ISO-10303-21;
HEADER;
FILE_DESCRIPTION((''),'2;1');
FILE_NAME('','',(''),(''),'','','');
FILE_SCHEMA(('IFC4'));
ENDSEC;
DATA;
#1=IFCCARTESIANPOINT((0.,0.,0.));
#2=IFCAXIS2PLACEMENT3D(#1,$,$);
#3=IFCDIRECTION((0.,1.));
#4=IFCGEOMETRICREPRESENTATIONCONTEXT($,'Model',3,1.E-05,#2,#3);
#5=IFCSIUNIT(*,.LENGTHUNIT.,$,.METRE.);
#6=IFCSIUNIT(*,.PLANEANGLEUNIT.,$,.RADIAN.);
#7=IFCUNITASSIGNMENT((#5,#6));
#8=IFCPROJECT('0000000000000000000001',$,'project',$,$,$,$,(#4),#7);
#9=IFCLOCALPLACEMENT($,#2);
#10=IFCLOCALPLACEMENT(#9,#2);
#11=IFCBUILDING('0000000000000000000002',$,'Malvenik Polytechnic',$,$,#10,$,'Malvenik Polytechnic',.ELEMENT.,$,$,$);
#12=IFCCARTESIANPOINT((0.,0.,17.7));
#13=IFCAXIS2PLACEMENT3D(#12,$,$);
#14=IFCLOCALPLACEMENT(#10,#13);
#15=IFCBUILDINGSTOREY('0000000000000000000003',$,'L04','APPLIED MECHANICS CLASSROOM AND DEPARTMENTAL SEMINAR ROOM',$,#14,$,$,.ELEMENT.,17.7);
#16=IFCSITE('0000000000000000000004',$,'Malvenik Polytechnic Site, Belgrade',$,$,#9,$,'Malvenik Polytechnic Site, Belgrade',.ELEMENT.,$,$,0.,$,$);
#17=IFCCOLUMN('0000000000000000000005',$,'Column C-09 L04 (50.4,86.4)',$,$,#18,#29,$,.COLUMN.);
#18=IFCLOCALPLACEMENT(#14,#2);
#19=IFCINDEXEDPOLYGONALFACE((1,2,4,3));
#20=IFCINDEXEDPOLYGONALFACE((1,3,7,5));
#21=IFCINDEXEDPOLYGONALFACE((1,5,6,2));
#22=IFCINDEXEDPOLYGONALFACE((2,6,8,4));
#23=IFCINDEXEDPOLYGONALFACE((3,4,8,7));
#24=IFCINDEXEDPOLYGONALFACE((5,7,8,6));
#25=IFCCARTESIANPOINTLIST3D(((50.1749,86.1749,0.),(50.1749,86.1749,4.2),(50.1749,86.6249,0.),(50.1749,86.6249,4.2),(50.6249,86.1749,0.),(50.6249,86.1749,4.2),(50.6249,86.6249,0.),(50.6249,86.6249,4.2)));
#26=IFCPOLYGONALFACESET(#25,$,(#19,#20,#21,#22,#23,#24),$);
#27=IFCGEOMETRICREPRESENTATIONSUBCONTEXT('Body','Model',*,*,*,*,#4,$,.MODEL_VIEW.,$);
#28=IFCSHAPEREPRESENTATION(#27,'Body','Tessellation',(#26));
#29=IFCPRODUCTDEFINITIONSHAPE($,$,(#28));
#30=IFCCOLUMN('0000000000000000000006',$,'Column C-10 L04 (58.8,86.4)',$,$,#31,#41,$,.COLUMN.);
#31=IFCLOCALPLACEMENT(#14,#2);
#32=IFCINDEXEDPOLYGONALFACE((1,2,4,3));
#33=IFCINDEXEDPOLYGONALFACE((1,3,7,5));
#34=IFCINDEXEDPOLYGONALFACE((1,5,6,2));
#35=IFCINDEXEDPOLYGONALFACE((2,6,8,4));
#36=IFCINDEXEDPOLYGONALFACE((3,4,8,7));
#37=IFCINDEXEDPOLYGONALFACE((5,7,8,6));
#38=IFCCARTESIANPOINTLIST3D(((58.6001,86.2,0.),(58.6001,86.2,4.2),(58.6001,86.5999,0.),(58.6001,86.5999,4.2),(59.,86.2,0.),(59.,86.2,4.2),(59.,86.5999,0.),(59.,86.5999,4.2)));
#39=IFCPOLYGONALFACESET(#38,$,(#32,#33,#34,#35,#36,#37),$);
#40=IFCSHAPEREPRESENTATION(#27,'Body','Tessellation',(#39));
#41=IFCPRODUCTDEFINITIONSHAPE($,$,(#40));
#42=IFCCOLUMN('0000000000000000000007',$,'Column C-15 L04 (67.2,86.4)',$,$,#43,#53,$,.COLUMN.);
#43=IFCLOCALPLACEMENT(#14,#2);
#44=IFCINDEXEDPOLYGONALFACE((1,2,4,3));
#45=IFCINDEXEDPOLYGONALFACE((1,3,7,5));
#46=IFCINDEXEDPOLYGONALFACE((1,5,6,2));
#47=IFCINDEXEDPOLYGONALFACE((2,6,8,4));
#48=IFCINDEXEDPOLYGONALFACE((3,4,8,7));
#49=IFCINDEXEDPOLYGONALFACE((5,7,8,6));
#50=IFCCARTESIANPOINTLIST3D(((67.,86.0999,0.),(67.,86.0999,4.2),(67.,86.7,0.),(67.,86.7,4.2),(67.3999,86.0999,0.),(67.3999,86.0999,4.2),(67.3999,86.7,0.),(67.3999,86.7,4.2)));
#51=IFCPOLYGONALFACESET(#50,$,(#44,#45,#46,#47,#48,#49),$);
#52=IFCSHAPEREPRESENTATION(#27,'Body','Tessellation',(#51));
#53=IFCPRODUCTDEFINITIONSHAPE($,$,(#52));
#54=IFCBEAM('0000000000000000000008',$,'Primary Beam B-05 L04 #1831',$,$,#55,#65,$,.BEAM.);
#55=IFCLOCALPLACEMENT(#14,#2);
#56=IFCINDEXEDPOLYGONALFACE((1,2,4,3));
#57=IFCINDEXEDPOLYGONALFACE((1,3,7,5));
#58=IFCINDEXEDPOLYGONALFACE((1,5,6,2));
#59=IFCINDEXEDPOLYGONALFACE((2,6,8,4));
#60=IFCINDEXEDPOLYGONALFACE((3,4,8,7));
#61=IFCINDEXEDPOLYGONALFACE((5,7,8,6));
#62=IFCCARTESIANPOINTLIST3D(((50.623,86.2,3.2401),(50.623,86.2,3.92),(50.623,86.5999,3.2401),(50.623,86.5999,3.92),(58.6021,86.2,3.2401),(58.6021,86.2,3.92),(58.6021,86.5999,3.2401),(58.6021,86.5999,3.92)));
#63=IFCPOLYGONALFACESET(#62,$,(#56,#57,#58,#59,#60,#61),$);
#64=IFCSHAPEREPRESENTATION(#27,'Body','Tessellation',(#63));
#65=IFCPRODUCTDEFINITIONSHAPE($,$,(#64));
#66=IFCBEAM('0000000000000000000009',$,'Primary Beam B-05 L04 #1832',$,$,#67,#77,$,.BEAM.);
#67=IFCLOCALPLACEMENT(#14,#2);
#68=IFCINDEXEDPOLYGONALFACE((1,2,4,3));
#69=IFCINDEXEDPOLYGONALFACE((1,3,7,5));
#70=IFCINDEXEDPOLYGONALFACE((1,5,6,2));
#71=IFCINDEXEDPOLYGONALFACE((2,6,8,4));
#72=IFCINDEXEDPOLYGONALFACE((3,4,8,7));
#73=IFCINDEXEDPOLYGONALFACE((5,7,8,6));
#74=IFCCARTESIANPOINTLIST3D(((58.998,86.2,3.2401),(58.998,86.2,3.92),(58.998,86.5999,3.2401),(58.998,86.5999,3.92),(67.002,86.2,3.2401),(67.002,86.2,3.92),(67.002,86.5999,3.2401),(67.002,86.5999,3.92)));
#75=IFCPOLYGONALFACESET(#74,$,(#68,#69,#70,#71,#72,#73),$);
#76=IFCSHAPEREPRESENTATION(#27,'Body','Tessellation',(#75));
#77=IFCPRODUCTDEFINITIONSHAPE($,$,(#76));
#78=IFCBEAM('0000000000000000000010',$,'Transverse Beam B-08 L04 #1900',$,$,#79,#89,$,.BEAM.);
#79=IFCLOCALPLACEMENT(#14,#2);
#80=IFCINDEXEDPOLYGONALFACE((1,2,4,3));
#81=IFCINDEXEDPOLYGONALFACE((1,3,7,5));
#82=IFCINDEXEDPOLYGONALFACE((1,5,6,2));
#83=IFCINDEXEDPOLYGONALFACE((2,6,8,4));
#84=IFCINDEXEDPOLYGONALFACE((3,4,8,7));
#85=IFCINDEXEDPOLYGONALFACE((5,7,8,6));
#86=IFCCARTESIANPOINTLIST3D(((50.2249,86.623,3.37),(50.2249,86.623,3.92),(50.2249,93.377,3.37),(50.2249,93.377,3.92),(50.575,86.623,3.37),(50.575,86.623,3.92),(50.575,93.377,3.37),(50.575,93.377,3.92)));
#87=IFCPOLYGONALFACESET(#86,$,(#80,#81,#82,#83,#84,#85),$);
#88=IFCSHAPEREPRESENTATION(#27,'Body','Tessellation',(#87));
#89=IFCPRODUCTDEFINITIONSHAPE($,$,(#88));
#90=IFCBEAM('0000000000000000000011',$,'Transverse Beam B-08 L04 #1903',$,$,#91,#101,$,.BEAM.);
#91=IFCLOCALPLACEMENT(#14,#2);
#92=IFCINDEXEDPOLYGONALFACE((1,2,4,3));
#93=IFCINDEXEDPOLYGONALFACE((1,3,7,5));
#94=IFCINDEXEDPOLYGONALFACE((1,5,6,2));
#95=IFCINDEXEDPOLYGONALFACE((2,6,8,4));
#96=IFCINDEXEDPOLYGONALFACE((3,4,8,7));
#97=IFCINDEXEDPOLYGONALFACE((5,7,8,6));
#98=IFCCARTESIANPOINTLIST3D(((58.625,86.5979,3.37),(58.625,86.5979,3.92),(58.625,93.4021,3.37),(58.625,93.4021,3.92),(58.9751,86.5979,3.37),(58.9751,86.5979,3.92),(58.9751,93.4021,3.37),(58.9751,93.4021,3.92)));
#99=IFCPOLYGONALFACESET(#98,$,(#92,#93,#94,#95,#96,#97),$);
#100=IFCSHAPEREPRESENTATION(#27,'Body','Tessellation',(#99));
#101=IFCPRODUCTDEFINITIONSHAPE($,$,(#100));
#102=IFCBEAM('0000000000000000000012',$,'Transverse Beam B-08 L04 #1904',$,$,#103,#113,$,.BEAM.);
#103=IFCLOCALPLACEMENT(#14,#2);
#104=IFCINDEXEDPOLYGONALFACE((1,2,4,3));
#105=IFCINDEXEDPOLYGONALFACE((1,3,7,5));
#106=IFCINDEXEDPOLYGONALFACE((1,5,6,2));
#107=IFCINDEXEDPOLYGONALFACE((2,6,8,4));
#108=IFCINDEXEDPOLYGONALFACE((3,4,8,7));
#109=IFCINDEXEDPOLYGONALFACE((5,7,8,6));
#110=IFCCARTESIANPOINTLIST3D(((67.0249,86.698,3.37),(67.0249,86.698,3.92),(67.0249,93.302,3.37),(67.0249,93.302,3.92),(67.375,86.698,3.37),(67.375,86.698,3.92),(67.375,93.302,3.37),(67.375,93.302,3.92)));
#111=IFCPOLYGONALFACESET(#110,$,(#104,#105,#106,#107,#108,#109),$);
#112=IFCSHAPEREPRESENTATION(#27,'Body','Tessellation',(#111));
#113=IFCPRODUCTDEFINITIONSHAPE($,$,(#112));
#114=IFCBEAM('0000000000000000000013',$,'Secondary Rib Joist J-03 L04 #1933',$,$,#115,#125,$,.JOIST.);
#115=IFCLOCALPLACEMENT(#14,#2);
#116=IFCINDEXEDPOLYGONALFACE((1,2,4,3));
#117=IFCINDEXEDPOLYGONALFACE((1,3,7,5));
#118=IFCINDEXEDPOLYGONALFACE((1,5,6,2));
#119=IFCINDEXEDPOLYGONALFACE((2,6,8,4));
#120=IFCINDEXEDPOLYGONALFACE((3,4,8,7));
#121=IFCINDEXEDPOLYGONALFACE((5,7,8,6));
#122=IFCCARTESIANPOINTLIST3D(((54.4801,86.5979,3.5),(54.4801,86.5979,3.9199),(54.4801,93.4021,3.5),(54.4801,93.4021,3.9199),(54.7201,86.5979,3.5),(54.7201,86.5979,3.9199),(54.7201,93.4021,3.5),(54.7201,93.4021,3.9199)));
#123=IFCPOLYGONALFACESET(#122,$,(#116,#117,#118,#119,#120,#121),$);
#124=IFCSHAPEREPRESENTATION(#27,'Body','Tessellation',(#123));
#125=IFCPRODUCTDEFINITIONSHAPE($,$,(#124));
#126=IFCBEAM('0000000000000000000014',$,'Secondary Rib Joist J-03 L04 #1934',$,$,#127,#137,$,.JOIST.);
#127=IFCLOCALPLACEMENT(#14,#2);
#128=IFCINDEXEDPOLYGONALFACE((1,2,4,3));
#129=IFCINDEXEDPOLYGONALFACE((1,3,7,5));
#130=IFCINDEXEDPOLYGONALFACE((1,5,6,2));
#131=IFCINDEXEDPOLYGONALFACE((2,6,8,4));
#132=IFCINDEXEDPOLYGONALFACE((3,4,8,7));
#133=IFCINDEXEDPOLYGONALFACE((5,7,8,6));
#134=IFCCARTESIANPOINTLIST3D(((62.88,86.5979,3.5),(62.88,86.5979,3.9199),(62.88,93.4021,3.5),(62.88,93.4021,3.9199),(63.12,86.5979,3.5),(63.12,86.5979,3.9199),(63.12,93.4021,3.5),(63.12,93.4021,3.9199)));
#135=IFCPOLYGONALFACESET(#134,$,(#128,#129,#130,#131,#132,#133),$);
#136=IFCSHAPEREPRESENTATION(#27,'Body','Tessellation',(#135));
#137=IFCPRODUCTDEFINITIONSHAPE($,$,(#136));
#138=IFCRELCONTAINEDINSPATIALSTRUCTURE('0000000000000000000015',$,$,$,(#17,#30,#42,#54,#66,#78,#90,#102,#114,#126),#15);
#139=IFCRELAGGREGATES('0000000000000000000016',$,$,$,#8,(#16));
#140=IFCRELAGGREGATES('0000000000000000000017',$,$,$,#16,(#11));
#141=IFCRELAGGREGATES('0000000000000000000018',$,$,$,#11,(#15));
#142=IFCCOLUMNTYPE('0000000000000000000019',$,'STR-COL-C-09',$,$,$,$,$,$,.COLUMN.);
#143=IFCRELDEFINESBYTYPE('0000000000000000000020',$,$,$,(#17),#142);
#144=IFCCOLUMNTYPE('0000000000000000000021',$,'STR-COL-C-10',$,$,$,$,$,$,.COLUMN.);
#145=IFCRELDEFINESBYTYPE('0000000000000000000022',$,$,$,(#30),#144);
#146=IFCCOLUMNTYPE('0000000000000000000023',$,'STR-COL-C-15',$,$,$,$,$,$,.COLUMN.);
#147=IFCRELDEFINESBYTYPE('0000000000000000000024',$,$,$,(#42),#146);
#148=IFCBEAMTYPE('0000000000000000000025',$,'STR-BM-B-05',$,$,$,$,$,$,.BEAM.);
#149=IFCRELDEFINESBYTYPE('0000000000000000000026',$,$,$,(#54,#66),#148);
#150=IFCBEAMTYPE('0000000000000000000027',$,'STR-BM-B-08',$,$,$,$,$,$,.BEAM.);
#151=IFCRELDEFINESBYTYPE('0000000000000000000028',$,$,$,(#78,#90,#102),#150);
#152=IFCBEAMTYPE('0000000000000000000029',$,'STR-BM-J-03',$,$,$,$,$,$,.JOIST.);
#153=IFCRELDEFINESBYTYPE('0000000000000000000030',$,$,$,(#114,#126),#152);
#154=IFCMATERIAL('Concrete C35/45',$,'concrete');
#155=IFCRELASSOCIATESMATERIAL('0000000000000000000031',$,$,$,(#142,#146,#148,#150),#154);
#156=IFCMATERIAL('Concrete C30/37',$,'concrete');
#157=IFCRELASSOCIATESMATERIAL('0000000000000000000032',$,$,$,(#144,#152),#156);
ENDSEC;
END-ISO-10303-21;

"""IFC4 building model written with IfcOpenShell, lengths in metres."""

from ifc_helpers import new_model, si_unit, direction, frame, origin, origin_2d, place, context, subcontext, project, spatial, rectangle, extrude, material, material_profile, profile_set, type_object, element, save


model = new_model("IFC4")

# Units and contexts
model_context = context("Model", 3, precision=1e-05, world=origin(), true_north=direction((0.0, 1.0)))
body_context = subcontext(model_context, "Body", "Model", "MODEL_VIEW")
ifc_project = project(units=[si_unit("LENGTHUNIT", "METRE"), si_unit("PLANEANGLEUNIT", "RADIAN")], contexts=[model_context])

# Site, building, storey
site_placement = place(None, origin())
site = spatial("IfcSite", under=ifc_project, at=site_placement, Name="Malvenik Polytechnic Site, Belgrade", LongName="Malvenik Polytechnic Site, Belgrade", CompositionType="ELEMENT", RefElevation=0.0)
building_placement = place(site_placement, origin())
building = spatial("IfcBuilding", under=site, at=building_placement, Name="Malvenik Polytechnic", LongName="Malvenik Polytechnic", CompositionType="ELEMENT")
storey_placement = place(building_placement, frame((0.0, 0.0, 17.7)))
storey = spatial("IfcBuildingStorey", under=building, at=storey_placement, Name="L04", Description="APPLIED MECHANICS CLASSROOM AND DEPARTMENTAL SEMINAR ROOM", CompositionType="ELEMENT", Elevation=17.7)

# Columns
ifc_material_1 = material(Name="Concrete C35/45", Category="concrete")
ifc_material_profile_1 = material_profile(ifc_material_1, rectangle(XDim=0.45, YDim=0.45, at=origin_2d()), Name="RC COL 450x450")
ifc_profile_set_1 = profile_set([ifc_material_profile_1], Name="Concrete C35/45")
column_type_1 = type_object("IfcColumnType", Name="STR-COL-C-09", PredefinedType="COLUMN", material=ifc_profile_set_1)
column_1_placement = place(storey_placement, frame((50.3999, 86.3999, 0.0), z_axis=(0.0, 0.0, 1.0), x_axis=(1.0, 0.0, 0.0)))
element("IfcColumn", 1, at=column_1_placement, inside=storey, type_object=column_type_1, Name="Column C-09 L04 (50.4,86.4)", PredefinedType="COLUMN", context=body_context, shape_type="SweptSolid", body=[
    extrude(rectangle(XDim=0.45, YDim=0.45, at=origin_2d()), origin(), (0.0, 0.0, 1.0), 4.2),
])
ifc_material_2 = material(Name="Concrete C30/37", Category="concrete")
ifc_material_profile_2 = material_profile(ifc_material_2, rectangle(XDim=0.3999, YDim=0.3999, at=origin_2d()), Name="RC COL 400x400")
ifc_profile_set_2 = profile_set([ifc_material_profile_2], Name="Concrete C30/37")
column_type_2 = type_object("IfcColumnType", Name="STR-COL-C-10", PredefinedType="COLUMN", material=ifc_profile_set_2)
column_2_placement = place(storey_placement, frame((58.8, 86.3999, 0.0), z_axis=(0.0, 0.0, 1.0), x_axis=(1.0, 0.0, 0.0)))
element("IfcColumn", 2, at=column_2_placement, inside=storey, type_object=column_type_2, Name="Column C-10 L04 (58.8,86.4)", PredefinedType="COLUMN", context=body_context, shape_type="SweptSolid", body=[
    extrude(rectangle(XDim=0.3999, YDim=0.3999, at=origin_2d()), origin(), (0.0, 0.0, 1.0), 4.2),
])
ifc_material_profile_3 = material_profile(ifc_material_1, rectangle(XDim=0.3999, YDim=0.6001, at=origin_2d()), Name="RC COL 600x400")
ifc_profile_set_3 = profile_set([ifc_material_profile_3], Name="Concrete C35/45")
column_type_3 = type_object("IfcColumnType", Name="STR-COL-C-15", PredefinedType="COLUMN", material=ifc_profile_set_3)
column_3_placement = place(storey_placement, frame((67.2, 86.3999, 0.0), z_axis=(0.0, 0.0, 1.0), x_axis=(1.0, 0.0, 0.0)))
element("IfcColumn", 3, at=column_3_placement, inside=storey, type_object=column_type_3, Name="Column C-15 L04 (67.2,86.4)", PredefinedType="COLUMN", context=body_context, shape_type="SweptSolid", body=[
    extrude(rectangle(XDim=0.3999, YDim=0.6001, at=origin_2d()), origin(), (0.0, 0.0, 1.0), 4.2),
])

# Beams
ifc_material_profile_4 = material_profile(ifc_material_1, rectangle(XDim=0.3999, YDim=0.6799, at=origin_2d()), Name="RC BM 400x680")
ifc_profile_set_4 = profile_set([ifc_material_profile_4], Name="Concrete C35/45")
beam_type_1 = type_object("IfcBeamType", Name="STR-BM-B-05", PredefinedType="BEAM", material=ifc_profile_set_4)
beam_1_placement = place(storey_placement, frame((50.623, 86.3999, 3.5801), z_axis=(1.0, 0.0, 0.0), x_axis=(0.0, 1.0, 0.0)))
element("IfcBeam", 4, at=beam_1_placement, inside=storey, type_object=beam_type_1, Name="Primary Beam B-05 L04 #1831", PredefinedType="BEAM", context=body_context, shape_type="SweptSolid", body=[
    extrude(rectangle(XDim=0.3999, YDim=0.6799, at=origin_2d()), origin(), (0.0, 0.0, 1.0), 7.979),
])
beam_2_placement = place(storey_placement, frame((58.998, 86.3999, 3.5801), z_axis=(1.0, 0.0, 0.0), x_axis=(0.0, 1.0, 0.0)))
element("IfcBeam", 5, at=beam_2_placement, inside=storey, type_object=beam_type_1, Name="Primary Beam B-05 L04 #1832", PredefinedType="BEAM", context=body_context, shape_type="SweptSolid", body=[
    extrude(rectangle(XDim=0.3999, YDim=0.6799, at=origin_2d()), origin(), (0.0, 0.0, 1.0), 8.0039),
])
ifc_material_profile_5 = material_profile(ifc_material_1, rectangle(XDim=0.3501, YDim=0.55, at=origin_2d()), Name="RC BM 350x550")
ifc_profile_set_5 = profile_set([ifc_material_profile_5], Name="Concrete C35/45")
beam_type_2 = type_object("IfcBeamType", Name="STR-BM-B-08", PredefinedType="BEAM", material=ifc_profile_set_5)
beam_3_placement = place(storey_placement, frame((50.3999, 86.623, 3.645), z_axis=(0.0, 1.0, 0.0), x_axis=(-1.0, 0.0, 0.0)))
element("IfcBeam", 6, at=beam_3_placement, inside=storey, type_object=beam_type_2, Name="Transverse Beam B-08 L04 #1900", PredefinedType="BEAM", context=body_context, shape_type="SweptSolid", body=[
    extrude(rectangle(XDim=0.3501, YDim=0.55, at=origin_2d()), origin(), (0.0, 0.0, 1.0), 6.7539),
])
beam_4_placement = place(storey_placement, frame((58.8, 86.5979, 3.645), z_axis=(0.0, 1.0, 0.0), x_axis=(-1.0, 0.0, 0.0)))
element("IfcBeam", 7, at=beam_4_placement, inside=storey, type_object=beam_type_2, Name="Transverse Beam B-08 L04 #1903", PredefinedType="BEAM", context=body_context, shape_type="SweptSolid", body=[
    extrude(rectangle(XDim=0.3501, YDim=0.55, at=origin_2d()), origin(), (0.0, 0.0, 1.0), 6.8042),
])
beam_5_placement = place(storey_placement, frame((67.2, 86.698, 3.645), z_axis=(0.0, 1.0, 0.0), x_axis=(-1.0, 0.0, 0.0)))
element("IfcBeam", 8, at=beam_5_placement, inside=storey, type_object=beam_type_2, Name="Transverse Beam B-08 L04 #1904", PredefinedType="BEAM", context=body_context, shape_type="SweptSolid", body=[
    extrude(rectangle(XDim=0.3501, YDim=0.55, at=origin_2d()), origin(), (0.0, 0.0, 1.0), 6.604),
])
ifc_material_profile_6 = material_profile(ifc_material_2, rectangle(XDim=0.24, YDim=0.4199, at=origin_2d()), Name="RC JST 240x420")
ifc_profile_set_6 = profile_set([ifc_material_profile_6], Name="Concrete C30/37")
beam_type_3 = type_object("IfcBeamType", Name="STR-BM-J-03", PredefinedType="JOIST", material=ifc_profile_set_6)
for number, where, z_axis, x_axis, name in (
    (9, (54.6001, 86.5979, 3.71), (0.0, 1.0, 0.0), (-1.0, 0.0, 0.0), "Secondary Rib Joist J-03 L04 #1933"),
    (10, (63.0, 86.5979, 3.71), (0.0, 1.0, 0.0), (-1.0, 0.0, 0.0), "Secondary Rib Joist J-03 L04 #1934"),
):
    element("IfcBeam", number, at=place(storey_placement, frame(where, z_axis=z_axis, x_axis=x_axis)), inside=storey, type_object=beam_type_3, Name=name, PredefinedType="JOIST", context=body_context, shape_type="SweptSolid", body=[
        extrude(rectangle(XDim=0.24, YDim=0.4199, at=origin_2d()), origin(), (0.0, 0.0, 1.0), 6.8042),
    ])

save(model, "model.ifc")
